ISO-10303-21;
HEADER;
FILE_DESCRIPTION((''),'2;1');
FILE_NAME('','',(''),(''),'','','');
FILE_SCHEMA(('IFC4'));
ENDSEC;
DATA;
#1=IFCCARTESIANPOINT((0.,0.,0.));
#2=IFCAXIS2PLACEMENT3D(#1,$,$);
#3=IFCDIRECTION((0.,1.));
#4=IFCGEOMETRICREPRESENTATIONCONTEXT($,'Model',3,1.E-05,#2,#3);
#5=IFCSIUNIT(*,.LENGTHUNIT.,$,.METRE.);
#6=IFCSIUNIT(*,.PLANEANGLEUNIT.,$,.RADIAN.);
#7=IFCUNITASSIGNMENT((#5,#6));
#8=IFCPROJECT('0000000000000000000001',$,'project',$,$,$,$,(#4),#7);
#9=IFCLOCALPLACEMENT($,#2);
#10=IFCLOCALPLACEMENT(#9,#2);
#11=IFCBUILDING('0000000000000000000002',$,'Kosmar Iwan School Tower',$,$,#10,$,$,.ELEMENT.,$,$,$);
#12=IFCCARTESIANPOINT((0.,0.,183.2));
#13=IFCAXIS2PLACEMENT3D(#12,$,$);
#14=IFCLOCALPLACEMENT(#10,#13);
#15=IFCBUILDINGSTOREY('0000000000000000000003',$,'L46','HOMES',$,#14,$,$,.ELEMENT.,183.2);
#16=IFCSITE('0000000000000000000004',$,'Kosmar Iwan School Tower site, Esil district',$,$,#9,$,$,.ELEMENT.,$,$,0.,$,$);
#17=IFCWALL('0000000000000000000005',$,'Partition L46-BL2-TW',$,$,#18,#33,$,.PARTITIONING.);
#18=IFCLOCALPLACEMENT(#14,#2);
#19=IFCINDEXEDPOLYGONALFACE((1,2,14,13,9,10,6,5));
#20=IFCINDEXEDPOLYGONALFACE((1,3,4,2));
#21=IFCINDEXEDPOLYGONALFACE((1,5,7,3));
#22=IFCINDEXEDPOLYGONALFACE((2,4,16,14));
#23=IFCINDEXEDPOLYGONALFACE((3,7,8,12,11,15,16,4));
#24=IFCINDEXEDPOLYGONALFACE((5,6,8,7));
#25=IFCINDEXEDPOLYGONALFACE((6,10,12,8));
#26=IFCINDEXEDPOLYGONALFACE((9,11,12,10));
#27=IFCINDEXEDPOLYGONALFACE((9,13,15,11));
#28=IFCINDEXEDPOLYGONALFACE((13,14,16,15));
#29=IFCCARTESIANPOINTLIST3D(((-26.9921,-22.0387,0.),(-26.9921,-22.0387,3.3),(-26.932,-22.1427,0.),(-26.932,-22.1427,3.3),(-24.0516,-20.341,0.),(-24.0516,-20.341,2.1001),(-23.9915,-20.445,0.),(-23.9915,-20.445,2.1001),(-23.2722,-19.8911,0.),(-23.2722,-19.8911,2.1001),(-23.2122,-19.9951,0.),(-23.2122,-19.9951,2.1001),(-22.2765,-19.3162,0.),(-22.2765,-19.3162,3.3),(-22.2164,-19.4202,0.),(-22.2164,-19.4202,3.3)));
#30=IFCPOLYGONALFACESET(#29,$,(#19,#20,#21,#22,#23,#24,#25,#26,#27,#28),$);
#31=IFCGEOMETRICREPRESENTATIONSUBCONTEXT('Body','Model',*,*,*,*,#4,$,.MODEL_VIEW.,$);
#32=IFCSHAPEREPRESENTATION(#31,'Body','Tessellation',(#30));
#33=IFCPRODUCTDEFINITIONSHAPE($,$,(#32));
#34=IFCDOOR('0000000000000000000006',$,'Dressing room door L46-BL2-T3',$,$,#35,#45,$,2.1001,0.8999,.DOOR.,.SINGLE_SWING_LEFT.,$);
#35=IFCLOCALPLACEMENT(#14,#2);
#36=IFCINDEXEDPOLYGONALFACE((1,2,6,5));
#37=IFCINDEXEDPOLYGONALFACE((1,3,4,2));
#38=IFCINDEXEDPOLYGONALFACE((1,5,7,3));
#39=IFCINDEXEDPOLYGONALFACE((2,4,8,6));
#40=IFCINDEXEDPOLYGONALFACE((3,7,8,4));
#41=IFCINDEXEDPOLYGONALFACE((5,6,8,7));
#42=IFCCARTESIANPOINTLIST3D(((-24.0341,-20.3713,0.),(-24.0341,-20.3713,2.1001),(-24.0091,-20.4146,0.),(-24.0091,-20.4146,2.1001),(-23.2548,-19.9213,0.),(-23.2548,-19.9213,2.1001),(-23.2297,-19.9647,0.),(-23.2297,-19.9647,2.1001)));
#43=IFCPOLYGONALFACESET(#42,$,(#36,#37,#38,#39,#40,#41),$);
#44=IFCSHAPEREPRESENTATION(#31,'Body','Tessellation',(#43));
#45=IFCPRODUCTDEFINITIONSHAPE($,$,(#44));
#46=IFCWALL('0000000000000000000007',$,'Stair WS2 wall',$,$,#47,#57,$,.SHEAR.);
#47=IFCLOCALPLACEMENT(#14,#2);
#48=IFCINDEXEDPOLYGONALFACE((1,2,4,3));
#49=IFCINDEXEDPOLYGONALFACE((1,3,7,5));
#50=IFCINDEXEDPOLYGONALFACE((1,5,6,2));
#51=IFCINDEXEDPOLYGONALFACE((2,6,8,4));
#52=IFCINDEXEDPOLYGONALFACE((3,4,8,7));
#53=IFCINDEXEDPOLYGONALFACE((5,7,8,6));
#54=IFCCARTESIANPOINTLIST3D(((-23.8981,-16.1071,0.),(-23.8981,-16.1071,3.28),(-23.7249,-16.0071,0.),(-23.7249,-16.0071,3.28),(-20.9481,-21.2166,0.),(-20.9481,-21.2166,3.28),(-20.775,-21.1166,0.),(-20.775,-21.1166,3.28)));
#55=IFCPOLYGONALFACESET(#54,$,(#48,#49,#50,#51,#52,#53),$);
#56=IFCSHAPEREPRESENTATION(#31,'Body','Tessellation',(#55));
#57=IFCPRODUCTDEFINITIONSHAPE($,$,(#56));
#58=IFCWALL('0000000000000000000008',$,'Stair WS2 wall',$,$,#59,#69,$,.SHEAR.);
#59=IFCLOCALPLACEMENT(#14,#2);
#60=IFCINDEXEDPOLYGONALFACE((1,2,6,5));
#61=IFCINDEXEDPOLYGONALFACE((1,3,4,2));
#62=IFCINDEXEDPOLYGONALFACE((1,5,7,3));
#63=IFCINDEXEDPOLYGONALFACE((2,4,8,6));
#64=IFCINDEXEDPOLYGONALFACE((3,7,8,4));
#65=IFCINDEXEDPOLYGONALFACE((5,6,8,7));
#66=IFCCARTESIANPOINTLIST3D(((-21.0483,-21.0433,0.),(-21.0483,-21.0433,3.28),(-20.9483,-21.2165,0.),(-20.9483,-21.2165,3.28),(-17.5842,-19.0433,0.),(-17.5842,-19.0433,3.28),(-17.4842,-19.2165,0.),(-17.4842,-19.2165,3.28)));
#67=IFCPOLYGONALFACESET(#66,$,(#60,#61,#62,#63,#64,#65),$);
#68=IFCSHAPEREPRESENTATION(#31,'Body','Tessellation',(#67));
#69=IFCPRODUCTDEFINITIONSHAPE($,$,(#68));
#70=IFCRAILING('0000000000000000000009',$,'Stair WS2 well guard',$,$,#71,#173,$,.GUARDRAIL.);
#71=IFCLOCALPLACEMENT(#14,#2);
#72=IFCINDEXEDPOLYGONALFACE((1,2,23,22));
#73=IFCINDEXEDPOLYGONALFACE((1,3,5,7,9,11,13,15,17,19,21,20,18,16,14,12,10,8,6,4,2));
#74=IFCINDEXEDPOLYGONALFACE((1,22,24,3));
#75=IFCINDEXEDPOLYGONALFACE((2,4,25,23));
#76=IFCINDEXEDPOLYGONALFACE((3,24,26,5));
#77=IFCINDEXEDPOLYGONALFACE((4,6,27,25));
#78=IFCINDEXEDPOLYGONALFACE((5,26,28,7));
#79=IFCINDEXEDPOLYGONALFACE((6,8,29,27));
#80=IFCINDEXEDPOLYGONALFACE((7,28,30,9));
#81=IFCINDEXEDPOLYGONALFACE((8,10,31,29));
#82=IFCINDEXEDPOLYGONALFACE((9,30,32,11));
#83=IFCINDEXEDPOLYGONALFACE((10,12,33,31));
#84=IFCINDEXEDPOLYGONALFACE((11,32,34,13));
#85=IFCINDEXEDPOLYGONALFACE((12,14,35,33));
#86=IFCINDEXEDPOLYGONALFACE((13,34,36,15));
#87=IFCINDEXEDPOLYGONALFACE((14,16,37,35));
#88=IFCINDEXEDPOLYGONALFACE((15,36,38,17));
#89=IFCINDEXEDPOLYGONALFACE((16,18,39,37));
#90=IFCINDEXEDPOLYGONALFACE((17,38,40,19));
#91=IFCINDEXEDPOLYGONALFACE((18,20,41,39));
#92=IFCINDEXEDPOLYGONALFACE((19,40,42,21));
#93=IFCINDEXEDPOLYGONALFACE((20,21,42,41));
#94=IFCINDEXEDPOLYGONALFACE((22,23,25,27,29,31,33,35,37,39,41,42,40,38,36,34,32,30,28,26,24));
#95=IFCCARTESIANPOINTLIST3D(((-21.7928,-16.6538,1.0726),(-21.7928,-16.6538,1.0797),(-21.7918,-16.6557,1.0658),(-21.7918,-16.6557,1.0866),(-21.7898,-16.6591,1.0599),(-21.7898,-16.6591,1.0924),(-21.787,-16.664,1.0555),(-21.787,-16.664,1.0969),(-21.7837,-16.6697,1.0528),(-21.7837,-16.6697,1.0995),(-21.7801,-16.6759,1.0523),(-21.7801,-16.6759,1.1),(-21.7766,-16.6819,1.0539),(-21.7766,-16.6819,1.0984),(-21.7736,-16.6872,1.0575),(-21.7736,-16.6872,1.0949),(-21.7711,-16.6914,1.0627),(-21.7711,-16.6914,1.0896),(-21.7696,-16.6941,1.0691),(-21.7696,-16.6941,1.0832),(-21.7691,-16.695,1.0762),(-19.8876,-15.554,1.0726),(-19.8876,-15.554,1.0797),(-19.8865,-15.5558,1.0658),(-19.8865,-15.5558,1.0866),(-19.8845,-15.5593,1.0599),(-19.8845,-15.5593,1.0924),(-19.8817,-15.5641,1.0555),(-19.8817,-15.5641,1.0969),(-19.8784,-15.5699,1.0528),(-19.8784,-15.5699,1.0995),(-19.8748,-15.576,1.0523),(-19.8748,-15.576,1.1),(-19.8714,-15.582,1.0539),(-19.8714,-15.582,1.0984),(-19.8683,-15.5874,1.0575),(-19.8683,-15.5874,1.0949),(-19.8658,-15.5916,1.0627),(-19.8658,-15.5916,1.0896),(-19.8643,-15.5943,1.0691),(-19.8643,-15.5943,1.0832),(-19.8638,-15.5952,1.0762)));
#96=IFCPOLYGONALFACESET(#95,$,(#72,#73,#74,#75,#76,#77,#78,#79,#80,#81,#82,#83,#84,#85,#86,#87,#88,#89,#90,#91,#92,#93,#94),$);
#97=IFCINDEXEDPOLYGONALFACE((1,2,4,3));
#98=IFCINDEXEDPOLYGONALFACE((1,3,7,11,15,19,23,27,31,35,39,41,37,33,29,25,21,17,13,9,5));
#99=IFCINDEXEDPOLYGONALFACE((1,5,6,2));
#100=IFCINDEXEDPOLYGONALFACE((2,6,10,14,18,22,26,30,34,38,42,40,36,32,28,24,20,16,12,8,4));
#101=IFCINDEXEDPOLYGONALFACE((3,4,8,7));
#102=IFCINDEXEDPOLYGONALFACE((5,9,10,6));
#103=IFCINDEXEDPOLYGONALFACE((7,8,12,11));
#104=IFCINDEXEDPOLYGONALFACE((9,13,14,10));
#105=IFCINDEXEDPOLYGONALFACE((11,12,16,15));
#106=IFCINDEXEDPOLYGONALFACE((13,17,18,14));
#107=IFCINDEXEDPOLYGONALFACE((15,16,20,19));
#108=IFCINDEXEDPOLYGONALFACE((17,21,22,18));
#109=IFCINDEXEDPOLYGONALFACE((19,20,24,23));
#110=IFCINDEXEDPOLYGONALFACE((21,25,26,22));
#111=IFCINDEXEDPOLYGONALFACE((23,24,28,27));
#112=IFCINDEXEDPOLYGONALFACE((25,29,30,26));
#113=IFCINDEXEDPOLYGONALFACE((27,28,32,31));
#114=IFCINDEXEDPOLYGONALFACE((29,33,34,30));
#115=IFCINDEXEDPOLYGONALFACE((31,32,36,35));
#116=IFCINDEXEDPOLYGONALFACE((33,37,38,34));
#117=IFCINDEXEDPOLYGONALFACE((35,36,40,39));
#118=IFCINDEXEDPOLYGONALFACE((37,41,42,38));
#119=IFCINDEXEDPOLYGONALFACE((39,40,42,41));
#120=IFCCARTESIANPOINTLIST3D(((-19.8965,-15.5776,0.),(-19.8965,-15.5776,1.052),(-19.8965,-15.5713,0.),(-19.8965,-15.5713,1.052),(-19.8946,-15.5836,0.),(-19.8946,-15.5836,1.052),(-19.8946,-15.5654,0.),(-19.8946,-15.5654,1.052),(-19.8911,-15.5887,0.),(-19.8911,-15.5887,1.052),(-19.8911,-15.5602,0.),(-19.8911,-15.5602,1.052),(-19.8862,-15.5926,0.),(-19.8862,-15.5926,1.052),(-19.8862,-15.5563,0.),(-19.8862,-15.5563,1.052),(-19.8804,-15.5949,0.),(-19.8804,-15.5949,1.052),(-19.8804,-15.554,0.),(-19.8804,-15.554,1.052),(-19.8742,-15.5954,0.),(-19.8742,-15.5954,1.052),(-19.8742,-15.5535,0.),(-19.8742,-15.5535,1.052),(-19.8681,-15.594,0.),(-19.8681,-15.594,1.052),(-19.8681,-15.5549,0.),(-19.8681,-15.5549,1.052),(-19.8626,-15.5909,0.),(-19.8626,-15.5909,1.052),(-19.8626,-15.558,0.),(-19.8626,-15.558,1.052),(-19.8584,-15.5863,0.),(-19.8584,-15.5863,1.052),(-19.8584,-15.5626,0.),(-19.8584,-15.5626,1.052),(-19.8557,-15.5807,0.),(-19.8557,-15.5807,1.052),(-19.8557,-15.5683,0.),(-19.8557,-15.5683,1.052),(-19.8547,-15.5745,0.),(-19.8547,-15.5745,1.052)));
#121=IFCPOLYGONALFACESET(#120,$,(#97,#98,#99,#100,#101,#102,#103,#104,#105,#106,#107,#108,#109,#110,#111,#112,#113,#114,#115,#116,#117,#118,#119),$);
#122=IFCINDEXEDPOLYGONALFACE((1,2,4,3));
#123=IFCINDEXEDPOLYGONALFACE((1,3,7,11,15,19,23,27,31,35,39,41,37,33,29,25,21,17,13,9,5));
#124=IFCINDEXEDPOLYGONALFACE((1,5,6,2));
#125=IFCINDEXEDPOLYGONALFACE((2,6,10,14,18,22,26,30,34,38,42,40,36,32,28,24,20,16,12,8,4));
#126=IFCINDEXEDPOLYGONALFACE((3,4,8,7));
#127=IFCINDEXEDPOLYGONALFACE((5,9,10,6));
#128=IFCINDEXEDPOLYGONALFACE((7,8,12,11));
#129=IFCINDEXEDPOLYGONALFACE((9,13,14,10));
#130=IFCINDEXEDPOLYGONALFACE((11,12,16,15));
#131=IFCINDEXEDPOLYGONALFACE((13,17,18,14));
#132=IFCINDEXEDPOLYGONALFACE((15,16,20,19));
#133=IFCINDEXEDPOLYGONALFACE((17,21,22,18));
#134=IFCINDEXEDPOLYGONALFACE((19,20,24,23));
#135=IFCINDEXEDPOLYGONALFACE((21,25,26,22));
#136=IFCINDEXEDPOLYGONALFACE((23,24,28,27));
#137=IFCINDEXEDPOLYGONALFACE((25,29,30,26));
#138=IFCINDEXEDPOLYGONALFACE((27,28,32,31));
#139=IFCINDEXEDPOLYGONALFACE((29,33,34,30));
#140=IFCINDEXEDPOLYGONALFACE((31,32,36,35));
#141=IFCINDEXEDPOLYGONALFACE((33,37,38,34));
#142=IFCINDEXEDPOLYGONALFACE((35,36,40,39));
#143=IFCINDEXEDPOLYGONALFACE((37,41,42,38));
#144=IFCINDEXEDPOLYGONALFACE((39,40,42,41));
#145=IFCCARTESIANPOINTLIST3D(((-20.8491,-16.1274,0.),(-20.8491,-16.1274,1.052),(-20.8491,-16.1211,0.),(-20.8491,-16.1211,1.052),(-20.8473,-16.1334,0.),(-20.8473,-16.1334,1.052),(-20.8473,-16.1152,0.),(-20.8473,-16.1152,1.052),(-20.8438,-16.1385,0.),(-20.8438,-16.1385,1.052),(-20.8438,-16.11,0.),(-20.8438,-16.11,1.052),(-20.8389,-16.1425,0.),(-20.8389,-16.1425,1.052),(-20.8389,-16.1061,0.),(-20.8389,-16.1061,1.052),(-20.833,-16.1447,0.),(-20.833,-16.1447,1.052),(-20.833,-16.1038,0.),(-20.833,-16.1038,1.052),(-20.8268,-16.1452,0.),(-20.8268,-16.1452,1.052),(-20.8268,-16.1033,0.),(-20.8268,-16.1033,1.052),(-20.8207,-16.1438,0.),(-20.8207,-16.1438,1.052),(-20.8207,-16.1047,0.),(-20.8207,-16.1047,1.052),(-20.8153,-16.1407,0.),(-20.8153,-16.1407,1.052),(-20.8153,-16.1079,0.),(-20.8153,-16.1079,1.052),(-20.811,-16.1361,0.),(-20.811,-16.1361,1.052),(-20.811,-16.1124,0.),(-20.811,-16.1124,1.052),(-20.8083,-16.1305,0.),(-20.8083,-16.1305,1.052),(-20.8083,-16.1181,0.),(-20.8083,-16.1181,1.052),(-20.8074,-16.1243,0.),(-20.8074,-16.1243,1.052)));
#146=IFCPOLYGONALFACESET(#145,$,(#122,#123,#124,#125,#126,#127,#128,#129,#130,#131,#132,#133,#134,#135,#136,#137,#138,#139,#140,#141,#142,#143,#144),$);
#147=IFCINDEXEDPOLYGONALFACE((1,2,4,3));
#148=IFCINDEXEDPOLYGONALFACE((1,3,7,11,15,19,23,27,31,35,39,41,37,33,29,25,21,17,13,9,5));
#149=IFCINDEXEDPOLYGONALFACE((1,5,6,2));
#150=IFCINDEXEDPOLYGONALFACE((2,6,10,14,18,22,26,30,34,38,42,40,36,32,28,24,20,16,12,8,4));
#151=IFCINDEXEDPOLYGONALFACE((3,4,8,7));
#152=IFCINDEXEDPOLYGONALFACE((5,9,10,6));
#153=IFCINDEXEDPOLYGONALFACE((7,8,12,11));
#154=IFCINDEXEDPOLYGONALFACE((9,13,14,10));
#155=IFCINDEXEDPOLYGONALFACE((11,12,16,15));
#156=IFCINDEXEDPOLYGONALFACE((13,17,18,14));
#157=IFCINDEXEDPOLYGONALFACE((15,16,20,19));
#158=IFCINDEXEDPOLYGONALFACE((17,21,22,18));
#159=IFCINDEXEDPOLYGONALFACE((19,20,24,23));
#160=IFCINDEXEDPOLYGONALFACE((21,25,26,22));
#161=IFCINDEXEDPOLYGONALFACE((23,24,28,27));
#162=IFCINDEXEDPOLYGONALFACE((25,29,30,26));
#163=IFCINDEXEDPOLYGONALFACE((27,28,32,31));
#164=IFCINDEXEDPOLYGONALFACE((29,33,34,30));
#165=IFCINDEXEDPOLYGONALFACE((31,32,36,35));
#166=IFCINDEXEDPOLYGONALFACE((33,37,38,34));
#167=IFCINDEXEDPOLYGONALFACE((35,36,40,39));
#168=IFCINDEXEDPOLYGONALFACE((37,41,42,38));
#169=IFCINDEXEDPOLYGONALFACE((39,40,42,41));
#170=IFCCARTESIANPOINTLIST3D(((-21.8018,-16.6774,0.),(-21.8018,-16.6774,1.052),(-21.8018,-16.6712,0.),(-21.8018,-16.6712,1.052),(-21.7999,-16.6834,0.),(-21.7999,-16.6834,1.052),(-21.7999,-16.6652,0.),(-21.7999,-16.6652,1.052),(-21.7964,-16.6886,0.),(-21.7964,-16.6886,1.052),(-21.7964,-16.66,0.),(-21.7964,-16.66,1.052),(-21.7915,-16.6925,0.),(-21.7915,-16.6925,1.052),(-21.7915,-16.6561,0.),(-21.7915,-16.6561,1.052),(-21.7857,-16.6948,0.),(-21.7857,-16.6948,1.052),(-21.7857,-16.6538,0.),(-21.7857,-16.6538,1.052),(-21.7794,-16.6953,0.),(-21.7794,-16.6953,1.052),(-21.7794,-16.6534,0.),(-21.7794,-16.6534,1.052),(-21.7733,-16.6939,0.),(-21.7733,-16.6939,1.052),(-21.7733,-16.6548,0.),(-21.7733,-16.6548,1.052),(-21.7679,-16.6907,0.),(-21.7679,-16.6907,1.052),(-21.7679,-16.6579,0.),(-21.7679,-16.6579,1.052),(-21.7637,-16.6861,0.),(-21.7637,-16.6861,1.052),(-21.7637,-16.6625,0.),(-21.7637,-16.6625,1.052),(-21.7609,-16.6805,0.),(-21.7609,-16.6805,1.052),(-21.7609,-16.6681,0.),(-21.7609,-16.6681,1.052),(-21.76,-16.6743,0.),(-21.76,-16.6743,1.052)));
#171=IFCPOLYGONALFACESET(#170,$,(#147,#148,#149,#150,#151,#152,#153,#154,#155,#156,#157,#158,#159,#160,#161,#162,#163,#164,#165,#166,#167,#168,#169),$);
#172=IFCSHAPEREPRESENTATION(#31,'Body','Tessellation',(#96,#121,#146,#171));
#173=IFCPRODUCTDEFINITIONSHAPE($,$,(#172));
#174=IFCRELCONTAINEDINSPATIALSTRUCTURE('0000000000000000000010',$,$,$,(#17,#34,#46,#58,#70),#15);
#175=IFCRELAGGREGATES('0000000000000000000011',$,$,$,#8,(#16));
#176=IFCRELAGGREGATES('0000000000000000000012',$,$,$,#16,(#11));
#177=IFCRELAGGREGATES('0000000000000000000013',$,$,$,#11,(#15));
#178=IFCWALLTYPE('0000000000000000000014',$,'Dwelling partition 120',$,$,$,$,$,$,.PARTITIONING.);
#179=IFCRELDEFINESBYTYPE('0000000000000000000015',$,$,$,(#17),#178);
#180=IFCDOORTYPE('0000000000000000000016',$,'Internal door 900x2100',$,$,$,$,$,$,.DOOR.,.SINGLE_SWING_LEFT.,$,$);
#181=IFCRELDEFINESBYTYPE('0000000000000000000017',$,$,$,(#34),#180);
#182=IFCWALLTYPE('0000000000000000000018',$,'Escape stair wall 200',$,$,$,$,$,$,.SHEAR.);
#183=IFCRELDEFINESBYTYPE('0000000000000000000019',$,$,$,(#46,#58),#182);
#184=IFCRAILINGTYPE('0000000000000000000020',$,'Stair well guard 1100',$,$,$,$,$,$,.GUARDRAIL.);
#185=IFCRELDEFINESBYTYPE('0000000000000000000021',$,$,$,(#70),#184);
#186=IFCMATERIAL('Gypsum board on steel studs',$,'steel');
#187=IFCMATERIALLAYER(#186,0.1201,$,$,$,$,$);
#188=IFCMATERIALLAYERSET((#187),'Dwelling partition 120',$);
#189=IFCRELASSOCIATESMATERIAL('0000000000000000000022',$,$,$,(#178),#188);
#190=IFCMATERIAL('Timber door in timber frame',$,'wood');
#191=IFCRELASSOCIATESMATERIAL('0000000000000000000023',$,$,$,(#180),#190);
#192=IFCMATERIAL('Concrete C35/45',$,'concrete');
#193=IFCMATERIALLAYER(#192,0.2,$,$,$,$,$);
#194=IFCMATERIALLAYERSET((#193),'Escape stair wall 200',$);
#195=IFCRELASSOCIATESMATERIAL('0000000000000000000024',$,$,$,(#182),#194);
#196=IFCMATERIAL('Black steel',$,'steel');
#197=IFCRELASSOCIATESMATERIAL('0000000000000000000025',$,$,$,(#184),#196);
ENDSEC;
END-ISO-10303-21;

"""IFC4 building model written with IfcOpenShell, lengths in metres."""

from ifc_helpers import new_model, si_unit, direction, frame, frame_2d, origin, origin_2d, place, context, subcontext, project, spatial, rectangle, circle, extrude, material, layer, layer_set, type_object, element, fill, save


model = new_model("IFC4")

# Units and contexts
model_context = context("Model", 3, precision=1e-05, world=origin(), true_north=direction((0.0, 1.0)))
body_context = subcontext(model_context, "Body", "Model", "MODEL_VIEW")
ifc_project = project(units=[si_unit("LENGTHUNIT", "METRE"), si_unit("PLANEANGLEUNIT", "RADIAN")], contexts=[model_context])

# Site, building, storey
site_placement = place(None, origin())
site = spatial("IfcSite", under=ifc_project, at=site_placement, Name="Kosmar Iwan School Tower site, Esil district", CompositionType="ELEMENT", RefElevation=0.0)
building_placement = place(site_placement, origin())
building = spatial("IfcBuilding", under=site, at=building_placement, Name="Kosmar Iwan School Tower", CompositionType="ELEMENT")
storey_placement = place(building_placement, frame((0.0, 0.0, 183.2)))
storey = spatial("IfcBuildingStorey", under=building, at=storey_placement, Name="L46", Description="HOMES", CompositionType="ELEMENT", Elevation=183.2)

# Wall, opening, door
ifc_material_1 = material(Name="Gypsum board on steel studs", Category="steel")
ifc_layer_1 = layer(ifc_material_1, 0.1201)
ifc_layer_set_1 = layer_set([ifc_layer_1], Name="Dwelling partition 120")
wall_type_1 = type_object("IfcWallType", Name="Dwelling partition 120", PredefinedType="PARTITIONING", material=ifc_layer_set_1)
ifc_material_2 = material(Name="Timber door in timber frame", Category="wood")
door_type = type_object("IfcDoorType", Name="Internal door 900x2100", OperationType="SINGLE_SWING_LEFT", PredefinedType="DOOR", material=ifc_material_2)
wall_1_placement = place(storey_placement, frame((-22.2463, -19.3682, 0.0), z_axis=(0.0, 0.0, 1.0), x_axis=(-0.866036, -0.499982, 0.0)))
wall_1 = element("IfcWall", 1, at=wall_1_placement, inside=storey, type_object=wall_type_1, Name="Partition L46-BL2-TW", PredefinedType="PARTITIONING", context=body_context, shape_type="SweptSolid", body=[
    extrude(rectangle(XDim=5.4451, YDim=0.1201, at=frame_2d((2.7227, 0.0))), origin(), (0.0, 0.0, 1.0), 3.3),
])
opening_1_placement = place(wall_1_placement, frame((1.1499, 0.0, 0.0)))
opening_1 = element("IfcOpeningElement", 2, at=opening_1_placement, cuts=wall_1, PredefinedType="OPENING", context=body_context, shape_type="SweptSolid", body=[
    extrude(rectangle(XDim=0.8999, YDim=2.1001, at=frame_2d((0.45, 1.05))), frame((0.0, 0.072, 0.0), z_axis=(0.0, -1.0, 0.0), x_axis=(1.0, 0.0, 0.0)), (0.0, 0.0, 1.0), 0.144),
])
door_1_placement = place(opening_1_placement, origin())
door_1 = element("IfcDoor", 3, at=door_1_placement, inside=storey, type_object=door_type, Name="Dressing room door L46-BL2-T3", OperationType="SINGLE_SWING_LEFT", OverallHeight=2.1001, OverallWidth=0.8999, PredefinedType="DOOR", context=body_context, shape_type="SweptSolid", body=[
    extrude(rectangle(XDim=0.8999, YDim=2.1001, at=frame_2d((0.45, 1.05))), frame((0.0, 0.0249, 0.0), z_axis=(0.0, -1.0, 0.0), x_axis=(1.0, 0.0, 0.0)), (0.0, 0.0, 1.0), 0.05),
])
fill(opening_1, door_1)

# Walls
ifc_material_3 = material(Name="Concrete C35/45", Category="concrete")
ifc_layer_2 = layer(ifc_material_3, 0.2)
ifc_layer_set_2 = layer_set([ifc_layer_2], Name="Escape stair wall 200")
wall_type_2 = type_object("IfcWallType", Name="Escape stair wall 200", PredefinedType="SHEAR", material=ifc_layer_set_2)
wall_2_placement = place(storey_placement, frame((-23.8115, -16.0571, 0.0), z_axis=(0.0, 0.0, 1.0), x_axis=(0.500007, -0.866022, 0.0)))
element("IfcWall", 4, at=wall_2_placement, inside=storey, type_object=wall_type_2, Name="Stair WS2 wall", PredefinedType="SHEAR", context=body_context, shape_type="SweptSolid", body=[
    extrude(rectangle(XDim=5.8999, YDim=0.2, at=frame_2d((2.95, 0.0))), origin(), (0.0, 0.0, 1.0), 3.28),
])
wall_3_placement = place(storey_placement, frame((-17.5342, -19.1299, 0.0), z_axis=(0.0, 0.0, 1.0), x_axis=(-0.866026, -0.499999, 0.0)))
element("IfcWall", 5, at=wall_3_placement, inside=storey, type_object=wall_type_2, Name="Stair WS2 wall", PredefinedType="SHEAR", context=body_context, shape_type="SweptSolid", body=[
    extrude(rectangle(XDim=4.0, YDim=0.2, at=frame_2d((2.0, 0.0))), origin(), (0.0, 0.0, 1.0), 3.28),
])

# Railing
ifc_material_4 = material(Name="Black steel", Category="steel")
railing_type = type_object("IfcRailingType", Name="Stair well guard 1100", PredefinedType="GUARDRAIL", material=ifc_material_4)
railing_placement = place(storey_placement, frame((-19.8757, -15.5745, 0.0)))
element("IfcRailing", 6, at=railing_placement, inside=storey, type_object=railing_type, Name="Stair WS2 well guard", PredefinedType="GUARDRAIL", context=body_context, shape_type="SweptSolid", body=[
    extrude(circle(Radius=0.0239, at=origin_2d()), frame((0.0, 0.0, 1.0762), z_axis=(-0.866056, -0.499947, 0.0), x_axis=(0.499947, -0.866056, 0.0)), (0.0, 0.0, 1.0), 2.2),
    extrude(circle(Radius=0.021, at=origin_2d()), origin(), (0.0, 0.0, 1.0), 1.052),
    extrude(circle(Radius=0.021, at=origin_2d()), frame((-0.9526, -0.5498, 0.0)), (0.0, 0.0, 1.0), 1.052),
    extrude(circle(Radius=0.021, at=origin_2d()), frame((-1.9053, -1.0999, 0.0)), (0.0, 0.0, 1.0), 1.052),
])

save(model, "model.ifc")
